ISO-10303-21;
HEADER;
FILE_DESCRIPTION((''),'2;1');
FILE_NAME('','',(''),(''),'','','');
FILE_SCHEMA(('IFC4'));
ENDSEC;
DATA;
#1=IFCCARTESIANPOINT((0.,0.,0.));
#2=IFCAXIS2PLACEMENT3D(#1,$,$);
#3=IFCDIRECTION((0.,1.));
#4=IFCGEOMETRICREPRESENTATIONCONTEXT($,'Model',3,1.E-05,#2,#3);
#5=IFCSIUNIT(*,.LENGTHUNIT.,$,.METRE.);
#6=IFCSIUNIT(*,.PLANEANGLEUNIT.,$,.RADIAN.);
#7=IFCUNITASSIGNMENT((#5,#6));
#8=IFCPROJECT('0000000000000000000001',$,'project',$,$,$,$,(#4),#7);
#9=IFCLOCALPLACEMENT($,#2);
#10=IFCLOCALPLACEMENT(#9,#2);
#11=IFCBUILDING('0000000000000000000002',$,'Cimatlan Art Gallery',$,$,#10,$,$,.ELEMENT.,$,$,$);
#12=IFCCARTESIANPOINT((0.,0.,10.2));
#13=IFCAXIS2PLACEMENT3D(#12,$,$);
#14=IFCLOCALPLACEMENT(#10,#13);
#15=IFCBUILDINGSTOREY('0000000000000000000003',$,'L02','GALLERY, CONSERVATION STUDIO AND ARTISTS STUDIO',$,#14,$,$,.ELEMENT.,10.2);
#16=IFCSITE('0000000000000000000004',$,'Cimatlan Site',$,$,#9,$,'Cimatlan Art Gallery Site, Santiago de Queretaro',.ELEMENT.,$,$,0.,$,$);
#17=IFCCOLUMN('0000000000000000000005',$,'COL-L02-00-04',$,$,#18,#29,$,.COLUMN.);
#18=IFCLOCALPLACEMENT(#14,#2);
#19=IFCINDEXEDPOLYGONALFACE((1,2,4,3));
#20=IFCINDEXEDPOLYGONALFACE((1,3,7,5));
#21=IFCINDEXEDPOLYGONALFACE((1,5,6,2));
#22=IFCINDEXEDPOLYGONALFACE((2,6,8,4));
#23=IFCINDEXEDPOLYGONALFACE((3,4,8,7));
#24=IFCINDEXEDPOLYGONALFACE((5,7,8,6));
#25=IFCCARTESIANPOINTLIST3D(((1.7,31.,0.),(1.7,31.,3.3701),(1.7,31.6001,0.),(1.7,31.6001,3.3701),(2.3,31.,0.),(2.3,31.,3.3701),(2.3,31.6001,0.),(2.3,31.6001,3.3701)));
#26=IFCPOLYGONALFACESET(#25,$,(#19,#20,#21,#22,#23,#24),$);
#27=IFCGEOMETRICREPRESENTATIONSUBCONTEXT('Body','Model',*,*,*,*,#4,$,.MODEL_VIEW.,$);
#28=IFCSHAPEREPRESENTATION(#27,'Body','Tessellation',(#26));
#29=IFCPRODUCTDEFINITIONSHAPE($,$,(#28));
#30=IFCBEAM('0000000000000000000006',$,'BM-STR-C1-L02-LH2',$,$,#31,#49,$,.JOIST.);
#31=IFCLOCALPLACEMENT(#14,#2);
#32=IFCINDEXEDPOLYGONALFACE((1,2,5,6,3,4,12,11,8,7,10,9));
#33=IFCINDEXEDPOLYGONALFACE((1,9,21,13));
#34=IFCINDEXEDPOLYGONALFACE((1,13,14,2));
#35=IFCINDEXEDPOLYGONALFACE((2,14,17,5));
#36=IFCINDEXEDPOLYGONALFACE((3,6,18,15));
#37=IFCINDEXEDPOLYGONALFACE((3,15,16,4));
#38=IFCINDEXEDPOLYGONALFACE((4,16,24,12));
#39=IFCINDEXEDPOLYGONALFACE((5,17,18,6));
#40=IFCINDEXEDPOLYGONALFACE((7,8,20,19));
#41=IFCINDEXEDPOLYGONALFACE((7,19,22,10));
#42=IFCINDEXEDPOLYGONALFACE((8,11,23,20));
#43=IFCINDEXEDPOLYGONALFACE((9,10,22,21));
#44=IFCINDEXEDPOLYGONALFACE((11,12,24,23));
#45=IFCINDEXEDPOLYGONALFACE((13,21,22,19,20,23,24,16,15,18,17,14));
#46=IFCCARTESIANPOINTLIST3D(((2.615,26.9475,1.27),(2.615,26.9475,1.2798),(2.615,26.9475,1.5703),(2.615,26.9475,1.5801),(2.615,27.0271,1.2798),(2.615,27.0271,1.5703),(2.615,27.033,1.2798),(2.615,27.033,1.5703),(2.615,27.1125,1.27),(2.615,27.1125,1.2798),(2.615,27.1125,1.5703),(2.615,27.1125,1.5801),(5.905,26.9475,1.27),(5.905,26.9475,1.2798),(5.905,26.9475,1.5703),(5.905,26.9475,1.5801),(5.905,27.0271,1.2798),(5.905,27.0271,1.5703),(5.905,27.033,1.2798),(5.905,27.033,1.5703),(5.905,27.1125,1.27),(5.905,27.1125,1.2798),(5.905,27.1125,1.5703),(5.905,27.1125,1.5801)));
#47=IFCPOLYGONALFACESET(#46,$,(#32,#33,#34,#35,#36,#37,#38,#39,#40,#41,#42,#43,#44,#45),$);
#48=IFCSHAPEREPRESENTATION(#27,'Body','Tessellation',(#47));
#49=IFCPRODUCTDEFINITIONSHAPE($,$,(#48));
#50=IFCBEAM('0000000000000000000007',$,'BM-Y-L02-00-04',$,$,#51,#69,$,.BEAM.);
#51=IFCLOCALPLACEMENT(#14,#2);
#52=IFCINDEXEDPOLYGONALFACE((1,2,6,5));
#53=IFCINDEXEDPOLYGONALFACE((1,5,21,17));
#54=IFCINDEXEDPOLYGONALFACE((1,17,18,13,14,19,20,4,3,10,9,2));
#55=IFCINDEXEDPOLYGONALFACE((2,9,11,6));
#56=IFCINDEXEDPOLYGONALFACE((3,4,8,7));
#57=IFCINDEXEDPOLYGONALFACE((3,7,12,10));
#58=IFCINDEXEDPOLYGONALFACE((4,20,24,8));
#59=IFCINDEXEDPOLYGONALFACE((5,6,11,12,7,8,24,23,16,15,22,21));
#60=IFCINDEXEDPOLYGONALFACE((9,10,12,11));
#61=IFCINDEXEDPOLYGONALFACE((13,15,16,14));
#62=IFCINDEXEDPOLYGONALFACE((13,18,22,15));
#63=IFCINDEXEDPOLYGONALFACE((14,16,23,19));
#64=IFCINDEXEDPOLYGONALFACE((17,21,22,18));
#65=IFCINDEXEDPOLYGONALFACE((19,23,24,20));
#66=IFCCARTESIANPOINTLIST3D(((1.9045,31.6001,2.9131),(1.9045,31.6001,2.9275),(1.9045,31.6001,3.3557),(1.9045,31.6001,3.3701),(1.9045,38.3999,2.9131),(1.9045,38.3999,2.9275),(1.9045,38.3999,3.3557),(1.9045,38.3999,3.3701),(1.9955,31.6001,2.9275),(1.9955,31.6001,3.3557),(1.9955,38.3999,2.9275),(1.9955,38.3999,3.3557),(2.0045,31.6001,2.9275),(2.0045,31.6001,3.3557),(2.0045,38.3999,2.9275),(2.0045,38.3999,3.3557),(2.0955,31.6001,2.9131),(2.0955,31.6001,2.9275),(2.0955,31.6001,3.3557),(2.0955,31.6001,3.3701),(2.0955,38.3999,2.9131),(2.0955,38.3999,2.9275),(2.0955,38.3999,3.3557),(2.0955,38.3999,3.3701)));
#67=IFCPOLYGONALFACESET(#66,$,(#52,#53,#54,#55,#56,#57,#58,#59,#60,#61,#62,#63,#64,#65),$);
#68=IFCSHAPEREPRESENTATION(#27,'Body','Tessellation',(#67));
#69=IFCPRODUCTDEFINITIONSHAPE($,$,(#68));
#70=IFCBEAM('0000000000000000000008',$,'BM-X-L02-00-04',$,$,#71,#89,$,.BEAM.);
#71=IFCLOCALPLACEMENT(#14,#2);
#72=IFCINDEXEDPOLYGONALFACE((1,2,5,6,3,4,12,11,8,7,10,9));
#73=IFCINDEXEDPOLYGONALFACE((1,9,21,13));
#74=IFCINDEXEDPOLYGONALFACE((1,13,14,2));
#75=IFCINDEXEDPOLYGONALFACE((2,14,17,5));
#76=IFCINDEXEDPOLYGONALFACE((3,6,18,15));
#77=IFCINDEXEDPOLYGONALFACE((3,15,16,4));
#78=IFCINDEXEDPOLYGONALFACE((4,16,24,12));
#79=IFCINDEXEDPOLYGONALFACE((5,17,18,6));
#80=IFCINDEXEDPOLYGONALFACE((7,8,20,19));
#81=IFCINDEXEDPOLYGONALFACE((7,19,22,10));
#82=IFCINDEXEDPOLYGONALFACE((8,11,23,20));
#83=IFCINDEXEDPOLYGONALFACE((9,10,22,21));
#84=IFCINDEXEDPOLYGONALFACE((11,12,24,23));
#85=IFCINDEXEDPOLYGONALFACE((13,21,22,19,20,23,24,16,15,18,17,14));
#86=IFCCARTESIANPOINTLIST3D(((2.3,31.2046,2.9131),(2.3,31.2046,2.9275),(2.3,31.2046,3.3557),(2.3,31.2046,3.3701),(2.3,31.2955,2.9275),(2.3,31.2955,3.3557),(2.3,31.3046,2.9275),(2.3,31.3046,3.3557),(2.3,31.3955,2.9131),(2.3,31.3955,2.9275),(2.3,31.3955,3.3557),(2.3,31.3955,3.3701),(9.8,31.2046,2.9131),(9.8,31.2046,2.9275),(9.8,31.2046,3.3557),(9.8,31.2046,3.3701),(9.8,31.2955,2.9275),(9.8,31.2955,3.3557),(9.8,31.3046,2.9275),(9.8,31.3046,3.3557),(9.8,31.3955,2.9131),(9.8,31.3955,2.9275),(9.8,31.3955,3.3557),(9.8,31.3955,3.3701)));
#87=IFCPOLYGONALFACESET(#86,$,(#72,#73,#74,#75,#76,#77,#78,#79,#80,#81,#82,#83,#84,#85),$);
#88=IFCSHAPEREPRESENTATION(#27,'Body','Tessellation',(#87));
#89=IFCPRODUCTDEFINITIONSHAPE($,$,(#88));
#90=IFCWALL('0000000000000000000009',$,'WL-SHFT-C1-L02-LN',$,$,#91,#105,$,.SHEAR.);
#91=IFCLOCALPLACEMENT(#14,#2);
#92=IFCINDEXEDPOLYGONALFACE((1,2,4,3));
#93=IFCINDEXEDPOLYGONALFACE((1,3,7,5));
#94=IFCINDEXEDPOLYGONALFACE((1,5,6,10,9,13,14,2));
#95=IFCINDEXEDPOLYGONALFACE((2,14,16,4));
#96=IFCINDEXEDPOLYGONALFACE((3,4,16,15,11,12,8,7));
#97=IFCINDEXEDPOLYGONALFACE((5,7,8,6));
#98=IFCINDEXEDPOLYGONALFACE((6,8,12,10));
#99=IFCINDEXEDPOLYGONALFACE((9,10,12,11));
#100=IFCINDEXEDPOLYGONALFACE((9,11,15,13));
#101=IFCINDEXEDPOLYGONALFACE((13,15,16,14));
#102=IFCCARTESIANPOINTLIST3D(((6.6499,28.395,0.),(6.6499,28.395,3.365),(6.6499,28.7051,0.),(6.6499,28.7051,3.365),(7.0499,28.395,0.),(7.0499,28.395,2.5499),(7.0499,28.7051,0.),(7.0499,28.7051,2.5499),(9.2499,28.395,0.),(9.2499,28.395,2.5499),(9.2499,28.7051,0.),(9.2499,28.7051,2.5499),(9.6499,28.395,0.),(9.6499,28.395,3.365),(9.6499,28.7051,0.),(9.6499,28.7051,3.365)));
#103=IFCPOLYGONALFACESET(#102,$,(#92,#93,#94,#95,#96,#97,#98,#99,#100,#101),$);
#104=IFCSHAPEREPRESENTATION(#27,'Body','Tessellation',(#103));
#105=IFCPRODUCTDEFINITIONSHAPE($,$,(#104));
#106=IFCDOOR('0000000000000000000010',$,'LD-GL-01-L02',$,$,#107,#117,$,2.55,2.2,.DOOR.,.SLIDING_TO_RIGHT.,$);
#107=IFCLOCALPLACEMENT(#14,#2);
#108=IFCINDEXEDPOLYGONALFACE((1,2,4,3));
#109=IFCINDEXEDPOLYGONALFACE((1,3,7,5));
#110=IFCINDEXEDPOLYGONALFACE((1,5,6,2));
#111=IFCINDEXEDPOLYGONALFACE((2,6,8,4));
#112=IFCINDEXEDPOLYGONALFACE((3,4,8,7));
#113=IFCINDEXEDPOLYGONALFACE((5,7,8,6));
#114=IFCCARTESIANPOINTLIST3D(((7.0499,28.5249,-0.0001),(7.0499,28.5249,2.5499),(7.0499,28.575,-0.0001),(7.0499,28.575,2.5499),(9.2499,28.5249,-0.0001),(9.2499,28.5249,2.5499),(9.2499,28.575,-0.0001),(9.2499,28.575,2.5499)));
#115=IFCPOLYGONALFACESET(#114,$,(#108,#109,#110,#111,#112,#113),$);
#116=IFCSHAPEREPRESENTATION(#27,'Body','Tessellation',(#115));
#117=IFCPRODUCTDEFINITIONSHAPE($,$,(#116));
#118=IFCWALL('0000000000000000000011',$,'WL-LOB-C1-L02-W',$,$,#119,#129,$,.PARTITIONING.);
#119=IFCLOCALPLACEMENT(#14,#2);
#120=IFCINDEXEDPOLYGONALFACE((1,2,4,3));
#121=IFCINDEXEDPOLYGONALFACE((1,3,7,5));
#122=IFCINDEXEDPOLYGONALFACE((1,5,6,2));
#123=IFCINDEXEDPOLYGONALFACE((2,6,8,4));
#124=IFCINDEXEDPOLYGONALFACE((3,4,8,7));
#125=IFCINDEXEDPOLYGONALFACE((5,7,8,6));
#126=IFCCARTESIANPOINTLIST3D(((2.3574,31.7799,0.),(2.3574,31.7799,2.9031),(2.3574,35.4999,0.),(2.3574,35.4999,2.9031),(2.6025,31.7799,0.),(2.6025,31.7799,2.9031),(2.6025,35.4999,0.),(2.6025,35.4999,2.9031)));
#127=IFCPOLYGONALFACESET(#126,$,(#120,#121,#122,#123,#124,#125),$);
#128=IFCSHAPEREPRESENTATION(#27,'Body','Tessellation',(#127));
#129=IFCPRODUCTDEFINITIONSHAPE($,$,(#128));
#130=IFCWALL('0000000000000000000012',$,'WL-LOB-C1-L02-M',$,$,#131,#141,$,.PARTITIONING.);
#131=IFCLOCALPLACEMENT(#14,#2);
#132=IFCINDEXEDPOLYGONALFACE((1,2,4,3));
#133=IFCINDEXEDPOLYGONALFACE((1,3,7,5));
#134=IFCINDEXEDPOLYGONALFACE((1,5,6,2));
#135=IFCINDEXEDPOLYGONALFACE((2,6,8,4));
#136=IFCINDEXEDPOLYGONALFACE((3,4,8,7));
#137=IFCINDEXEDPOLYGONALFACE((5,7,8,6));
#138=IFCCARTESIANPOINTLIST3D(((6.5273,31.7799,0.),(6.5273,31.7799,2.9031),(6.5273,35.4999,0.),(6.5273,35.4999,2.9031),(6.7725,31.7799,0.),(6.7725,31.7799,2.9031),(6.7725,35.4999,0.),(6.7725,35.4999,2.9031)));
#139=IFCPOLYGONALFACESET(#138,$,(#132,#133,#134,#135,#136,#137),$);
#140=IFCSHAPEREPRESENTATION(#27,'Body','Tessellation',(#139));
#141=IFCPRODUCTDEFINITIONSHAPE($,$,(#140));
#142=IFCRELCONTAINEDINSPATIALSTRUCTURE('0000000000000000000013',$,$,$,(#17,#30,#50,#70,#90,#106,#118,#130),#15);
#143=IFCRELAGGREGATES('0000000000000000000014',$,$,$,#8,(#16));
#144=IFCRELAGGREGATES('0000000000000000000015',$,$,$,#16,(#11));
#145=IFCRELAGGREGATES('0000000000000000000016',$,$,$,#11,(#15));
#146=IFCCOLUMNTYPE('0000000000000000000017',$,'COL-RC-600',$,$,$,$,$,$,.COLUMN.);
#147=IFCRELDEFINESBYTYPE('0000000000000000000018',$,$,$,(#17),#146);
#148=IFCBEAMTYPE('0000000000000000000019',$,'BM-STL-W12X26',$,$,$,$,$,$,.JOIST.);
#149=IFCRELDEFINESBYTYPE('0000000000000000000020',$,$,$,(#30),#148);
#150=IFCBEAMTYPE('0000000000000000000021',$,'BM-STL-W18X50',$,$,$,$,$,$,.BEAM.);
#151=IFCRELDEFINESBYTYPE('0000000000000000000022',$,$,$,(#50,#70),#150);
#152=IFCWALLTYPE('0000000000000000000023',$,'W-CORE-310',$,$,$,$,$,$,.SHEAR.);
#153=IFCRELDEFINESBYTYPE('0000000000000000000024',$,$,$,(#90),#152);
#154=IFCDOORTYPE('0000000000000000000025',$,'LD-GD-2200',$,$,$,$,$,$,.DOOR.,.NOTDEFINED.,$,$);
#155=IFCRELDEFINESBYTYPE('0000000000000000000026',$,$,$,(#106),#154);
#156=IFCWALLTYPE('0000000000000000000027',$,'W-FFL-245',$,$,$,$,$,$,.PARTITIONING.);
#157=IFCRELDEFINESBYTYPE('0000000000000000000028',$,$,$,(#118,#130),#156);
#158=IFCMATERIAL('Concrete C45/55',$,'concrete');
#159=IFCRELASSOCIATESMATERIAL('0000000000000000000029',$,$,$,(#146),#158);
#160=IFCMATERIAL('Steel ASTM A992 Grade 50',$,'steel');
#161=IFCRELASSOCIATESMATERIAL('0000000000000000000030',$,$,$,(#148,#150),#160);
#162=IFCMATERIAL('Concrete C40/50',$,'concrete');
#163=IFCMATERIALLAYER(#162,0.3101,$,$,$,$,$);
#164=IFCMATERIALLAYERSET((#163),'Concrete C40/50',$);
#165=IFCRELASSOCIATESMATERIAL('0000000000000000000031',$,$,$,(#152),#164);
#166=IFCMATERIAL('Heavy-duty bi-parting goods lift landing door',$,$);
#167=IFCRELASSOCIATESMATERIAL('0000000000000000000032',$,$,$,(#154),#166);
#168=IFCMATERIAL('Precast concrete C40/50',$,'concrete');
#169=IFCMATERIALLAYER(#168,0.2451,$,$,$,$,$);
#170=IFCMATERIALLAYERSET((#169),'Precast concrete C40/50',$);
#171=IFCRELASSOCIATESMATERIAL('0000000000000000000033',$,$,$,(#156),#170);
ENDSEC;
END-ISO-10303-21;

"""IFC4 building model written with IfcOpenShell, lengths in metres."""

from ifc_helpers import new_model, si_unit, direction, frame, frame_2d, origin, origin_2d, place, context, subcontext, project, spatial, rectangle, i_section, extrude, material, layer, layer_set, material_profile, profile_set, type_object, element, fill, save


model = new_model("IFC4")

# Units and contexts
model_context = context("Model", 3, precision=1e-05, world=origin(), true_north=direction((0.0, 1.0)))
body_context = subcontext(model_context, "Body", "Model", "MODEL_VIEW")
ifc_project = project(units=[si_unit("LENGTHUNIT", "METRE"), si_unit("PLANEANGLEUNIT", "RADIAN")], contexts=[model_context])

# Site, building, storey
site_placement = place(None, origin())
site = spatial("IfcSite", under=ifc_project, at=site_placement, Name="Cimatlan Site", LongName="Cimatlan Art Gallery Site, Santiago de Queretaro", CompositionType="ELEMENT", RefElevation=0.0)
building_placement = place(site_placement, origin())
building = spatial("IfcBuilding", under=site, at=building_placement, Name="Cimatlan Art Gallery", CompositionType="ELEMENT")
storey_placement = place(building_placement, frame((0.0, 0.0, 10.2)))
storey = spatial("IfcBuildingStorey", under=building, at=storey_placement, Name="L02", Description="GALLERY, CONSERVATION STUDIO AND ARTISTS STUDIO", CompositionType="ELEMENT", Elevation=10.2)

# Column
ifc_material_1 = material(Name="Concrete C45/55", Category="concrete")
ifc_material_profile_1 = material_profile(ifc_material_1, rectangle(XDim=0.6001, YDim=0.6001, at=origin_2d()), Name="RC600X600")
ifc_profile_set_1 = profile_set([ifc_material_profile_1], Name="Concrete C45/55")
column_type = type_object("IfcColumnType", Name="COL-RC-600", PredefinedType="COLUMN", material=ifc_profile_set_1)
column_placement = place(storey_placement, frame((2.0, 31.3, 0.0), z_axis=(0.0, 0.0, 1.0), x_axis=(1.0, 0.0, 0.0)))
element("IfcColumn", 1, at=column_placement, inside=storey, type_object=column_type, Name="COL-L02-00-04", PredefinedType="COLUMN", context=body_context, shape_type="SweptSolid", body=[
    extrude(rectangle(XDim=0.6001, YDim=0.6001, at=origin_2d()), origin(), (0.0, 0.0, 1.0), 3.3701),
])

# Beams
ifc_material_2 = material(Name="Steel ASTM A992 Grade 50", Category="steel")
ifc_material_profile_2 = material_profile(ifc_material_2, i_section(OverallWidth=0.165, OverallDepth=0.3101, WebThickness=0.0059, FlangeThickness=0.0098, at=origin_2d()), Name="W12X26")
ifc_profile_set_2 = profile_set([ifc_material_profile_2], Name="Steel ASTM A992 Grade 50")
beam_type_1 = type_object("IfcBeamType", Name="BM-STL-W12X26", PredefinedType="JOIST", material=ifc_profile_set_2)
beam_1_placement = place(storey_placement, frame((2.615, 27.03, 1.425), z_axis=(1.0, 0.0, 0.0), x_axis=(0.0, 1.0, 0.0)))
element("IfcBeam", 2, at=beam_1_placement, inside=storey, type_object=beam_type_1, Name="BM-STR-C1-L02-LH2", PredefinedType="JOIST", context=body_context, shape_type="SweptSolid", body=[
    extrude(i_section(OverallWidth=0.165, OverallDepth=0.3101, WebThickness=0.0059, FlangeThickness=0.0098, at=origin_2d()), origin(), (0.0, 0.0, 1.0), 3.29),
])
ifc_material_profile_3 = material_profile(ifc_material_2, i_section(OverallWidth=0.1909, OverallDepth=0.457, WebThickness=0.009, FlangeThickness=0.0144, at=origin_2d()), Name="W18X50")
ifc_profile_set_3 = profile_set([ifc_material_profile_3], Name="Steel ASTM A992 Grade 50")
beam_type_2 = type_object("IfcBeamType", Name="BM-STL-W18X50", PredefinedType="BEAM", material=ifc_profile_set_3)
beam_2_placement = place(storey_placement, frame((2.0, 31.6001, 3.1416), z_axis=(0.0, 1.0, 0.0), x_axis=(-1.0, 0.0, 0.0)))
element("IfcBeam", 3, at=beam_2_placement, inside=storey, type_object=beam_type_2, Name="BM-Y-L02-00-04", PredefinedType="BEAM", context=body_context, shape_type="SweptSolid", body=[
    extrude(i_section(OverallWidth=0.1909, OverallDepth=0.457, WebThickness=0.009, FlangeThickness=0.0144, at=origin_2d()), origin(), (0.0, 0.0, 1.0), 6.7998),
])
beam_3_placement = place(storey_placement, frame((2.3, 31.3, 3.1416), z_axis=(1.0, 0.0, 0.0), x_axis=(0.0, 1.0, 0.0)))
element("IfcBeam", 4, at=beam_3_placement, inside=storey, type_object=beam_type_2, Name="BM-X-L02-00-04", PredefinedType="BEAM", context=body_context, shape_type="SweptSolid", body=[
    extrude(i_section(OverallWidth=0.1909, OverallDepth=0.457, WebThickness=0.009, FlangeThickness=0.0144, at=origin_2d()), origin(), (0.0, 0.0, 1.0), 7.5),
])

# Wall, opening, door
ifc_material_3 = material(Name="Concrete C40/50", Category="concrete")
ifc_layer_1 = layer(ifc_material_3, 0.3101)
ifc_layer_set_1 = layer_set([ifc_layer_1], Name="Concrete C40/50")
wall_type_1 = type_object("IfcWallType", Name="W-CORE-310", PredefinedType="SHEAR", material=ifc_layer_set_1)
wall_1_placement = place(storey_placement, frame((6.6499, 28.55, 0.0), z_axis=(0.0, 0.0, 1.0), x_axis=(1.0, 0.0, 0.0)))
wall_1 = element("IfcWall", 5, at=wall_1_placement, inside=storey, type_object=wall_type_1, Name="WL-SHFT-C1-L02-LN", PredefinedType="SHEAR", context=body_context, shape_type="SweptSolid", body=[
    extrude(rectangle(XDim=3.0, YDim=0.3101, at=frame_2d((1.5, 0.0))), origin(), (0.0, 0.0, 1.0), 3.365),
])
opening_1_placement = place(wall_1_placement, frame((0.3999, 0.0, 0.0)))
opening_1 = element("IfcOpeningElement", 6, at=opening_1_placement, cuts=wall_1, PredefinedType="OPENING", context=body_context, shape_type="SweptSolid", body=[
    extrude(rectangle(XDim=2.2, YDim=2.55, at=frame_2d((1.1001, 1.2749))), frame((0.0, 0.165, 0.0), z_axis=(0.0, -1.0, 0.0), x_axis=(1.0, 0.0, 0.0)), (0.0, 0.0, 1.0), 0.3301),
])
ifc_material_4 = material(Name="Heavy-duty bi-parting goods lift landing door")
door_type_1 = type_object("IfcDoorType", Name="LD-GD-2200", OperationType="NOTDEFINED", PredefinedType="DOOR", material=ifc_material_4)
door_1_placement = place(opening_1_placement, origin())
door_1 = element("IfcDoor", 7, at=door_1_placement, inside=storey, type_object=door_type_1, Name="LD-GL-01-L02", OperationType="SLIDING_TO_RIGHT", OverallHeight=2.55, OverallWidth=2.2, PredefinedType="DOOR", context=body_context, shape_type="SweptSolid", body=[
    extrude(rectangle(XDim=2.2, YDim=2.55, at=frame_2d((1.1001, 1.2749))), frame((0.0, 0.0249, 0.0), z_axis=(0.0, -1.0, 0.0), x_axis=(1.0, 0.0, 0.0)), (0.0, 0.0, 1.0), 0.05),
])
fill(opening_1, door_1)

# Walls
ifc_material_5 = material(Name="Precast concrete C40/50", Category="concrete")
ifc_layer_2 = layer(ifc_material_5, 0.2451)
ifc_layer_set_2 = layer_set([ifc_layer_2], Name="Precast concrete C40/50")
wall_type_2 = type_object("IfcWallType", Name="W-FFL-245", PredefinedType="PARTITIONING", material=ifc_layer_set_2)
for number, where, z_axis, x_axis, name in (
    (8, (2.48, 31.78, 0.0), (0.0, 0.0, 1.0), (0.0, 1.0, 0.0), "WL-LOB-C1-L02-W"),
    (9, (6.6499, 31.78, 0.0), (0.0, 0.0, 1.0), (0.0, 1.0, 0.0), "WL-LOB-C1-L02-M"),
):
    element("IfcWall", number, at=place(storey_placement, frame(where, z_axis=z_axis, x_axis=x_axis)), inside=storey, type_object=wall_type_2, Name=name, PredefinedType="PARTITIONING", context=body_context, shape_type="SweptSolid", body=[
        extrude(rectangle(XDim=3.72, YDim=0.2451, at=frame_2d((1.8599, 0.0))), origin(), (0.0, 0.0, 1.0), 2.9031),
    ])

save(model, "model.ifc")
